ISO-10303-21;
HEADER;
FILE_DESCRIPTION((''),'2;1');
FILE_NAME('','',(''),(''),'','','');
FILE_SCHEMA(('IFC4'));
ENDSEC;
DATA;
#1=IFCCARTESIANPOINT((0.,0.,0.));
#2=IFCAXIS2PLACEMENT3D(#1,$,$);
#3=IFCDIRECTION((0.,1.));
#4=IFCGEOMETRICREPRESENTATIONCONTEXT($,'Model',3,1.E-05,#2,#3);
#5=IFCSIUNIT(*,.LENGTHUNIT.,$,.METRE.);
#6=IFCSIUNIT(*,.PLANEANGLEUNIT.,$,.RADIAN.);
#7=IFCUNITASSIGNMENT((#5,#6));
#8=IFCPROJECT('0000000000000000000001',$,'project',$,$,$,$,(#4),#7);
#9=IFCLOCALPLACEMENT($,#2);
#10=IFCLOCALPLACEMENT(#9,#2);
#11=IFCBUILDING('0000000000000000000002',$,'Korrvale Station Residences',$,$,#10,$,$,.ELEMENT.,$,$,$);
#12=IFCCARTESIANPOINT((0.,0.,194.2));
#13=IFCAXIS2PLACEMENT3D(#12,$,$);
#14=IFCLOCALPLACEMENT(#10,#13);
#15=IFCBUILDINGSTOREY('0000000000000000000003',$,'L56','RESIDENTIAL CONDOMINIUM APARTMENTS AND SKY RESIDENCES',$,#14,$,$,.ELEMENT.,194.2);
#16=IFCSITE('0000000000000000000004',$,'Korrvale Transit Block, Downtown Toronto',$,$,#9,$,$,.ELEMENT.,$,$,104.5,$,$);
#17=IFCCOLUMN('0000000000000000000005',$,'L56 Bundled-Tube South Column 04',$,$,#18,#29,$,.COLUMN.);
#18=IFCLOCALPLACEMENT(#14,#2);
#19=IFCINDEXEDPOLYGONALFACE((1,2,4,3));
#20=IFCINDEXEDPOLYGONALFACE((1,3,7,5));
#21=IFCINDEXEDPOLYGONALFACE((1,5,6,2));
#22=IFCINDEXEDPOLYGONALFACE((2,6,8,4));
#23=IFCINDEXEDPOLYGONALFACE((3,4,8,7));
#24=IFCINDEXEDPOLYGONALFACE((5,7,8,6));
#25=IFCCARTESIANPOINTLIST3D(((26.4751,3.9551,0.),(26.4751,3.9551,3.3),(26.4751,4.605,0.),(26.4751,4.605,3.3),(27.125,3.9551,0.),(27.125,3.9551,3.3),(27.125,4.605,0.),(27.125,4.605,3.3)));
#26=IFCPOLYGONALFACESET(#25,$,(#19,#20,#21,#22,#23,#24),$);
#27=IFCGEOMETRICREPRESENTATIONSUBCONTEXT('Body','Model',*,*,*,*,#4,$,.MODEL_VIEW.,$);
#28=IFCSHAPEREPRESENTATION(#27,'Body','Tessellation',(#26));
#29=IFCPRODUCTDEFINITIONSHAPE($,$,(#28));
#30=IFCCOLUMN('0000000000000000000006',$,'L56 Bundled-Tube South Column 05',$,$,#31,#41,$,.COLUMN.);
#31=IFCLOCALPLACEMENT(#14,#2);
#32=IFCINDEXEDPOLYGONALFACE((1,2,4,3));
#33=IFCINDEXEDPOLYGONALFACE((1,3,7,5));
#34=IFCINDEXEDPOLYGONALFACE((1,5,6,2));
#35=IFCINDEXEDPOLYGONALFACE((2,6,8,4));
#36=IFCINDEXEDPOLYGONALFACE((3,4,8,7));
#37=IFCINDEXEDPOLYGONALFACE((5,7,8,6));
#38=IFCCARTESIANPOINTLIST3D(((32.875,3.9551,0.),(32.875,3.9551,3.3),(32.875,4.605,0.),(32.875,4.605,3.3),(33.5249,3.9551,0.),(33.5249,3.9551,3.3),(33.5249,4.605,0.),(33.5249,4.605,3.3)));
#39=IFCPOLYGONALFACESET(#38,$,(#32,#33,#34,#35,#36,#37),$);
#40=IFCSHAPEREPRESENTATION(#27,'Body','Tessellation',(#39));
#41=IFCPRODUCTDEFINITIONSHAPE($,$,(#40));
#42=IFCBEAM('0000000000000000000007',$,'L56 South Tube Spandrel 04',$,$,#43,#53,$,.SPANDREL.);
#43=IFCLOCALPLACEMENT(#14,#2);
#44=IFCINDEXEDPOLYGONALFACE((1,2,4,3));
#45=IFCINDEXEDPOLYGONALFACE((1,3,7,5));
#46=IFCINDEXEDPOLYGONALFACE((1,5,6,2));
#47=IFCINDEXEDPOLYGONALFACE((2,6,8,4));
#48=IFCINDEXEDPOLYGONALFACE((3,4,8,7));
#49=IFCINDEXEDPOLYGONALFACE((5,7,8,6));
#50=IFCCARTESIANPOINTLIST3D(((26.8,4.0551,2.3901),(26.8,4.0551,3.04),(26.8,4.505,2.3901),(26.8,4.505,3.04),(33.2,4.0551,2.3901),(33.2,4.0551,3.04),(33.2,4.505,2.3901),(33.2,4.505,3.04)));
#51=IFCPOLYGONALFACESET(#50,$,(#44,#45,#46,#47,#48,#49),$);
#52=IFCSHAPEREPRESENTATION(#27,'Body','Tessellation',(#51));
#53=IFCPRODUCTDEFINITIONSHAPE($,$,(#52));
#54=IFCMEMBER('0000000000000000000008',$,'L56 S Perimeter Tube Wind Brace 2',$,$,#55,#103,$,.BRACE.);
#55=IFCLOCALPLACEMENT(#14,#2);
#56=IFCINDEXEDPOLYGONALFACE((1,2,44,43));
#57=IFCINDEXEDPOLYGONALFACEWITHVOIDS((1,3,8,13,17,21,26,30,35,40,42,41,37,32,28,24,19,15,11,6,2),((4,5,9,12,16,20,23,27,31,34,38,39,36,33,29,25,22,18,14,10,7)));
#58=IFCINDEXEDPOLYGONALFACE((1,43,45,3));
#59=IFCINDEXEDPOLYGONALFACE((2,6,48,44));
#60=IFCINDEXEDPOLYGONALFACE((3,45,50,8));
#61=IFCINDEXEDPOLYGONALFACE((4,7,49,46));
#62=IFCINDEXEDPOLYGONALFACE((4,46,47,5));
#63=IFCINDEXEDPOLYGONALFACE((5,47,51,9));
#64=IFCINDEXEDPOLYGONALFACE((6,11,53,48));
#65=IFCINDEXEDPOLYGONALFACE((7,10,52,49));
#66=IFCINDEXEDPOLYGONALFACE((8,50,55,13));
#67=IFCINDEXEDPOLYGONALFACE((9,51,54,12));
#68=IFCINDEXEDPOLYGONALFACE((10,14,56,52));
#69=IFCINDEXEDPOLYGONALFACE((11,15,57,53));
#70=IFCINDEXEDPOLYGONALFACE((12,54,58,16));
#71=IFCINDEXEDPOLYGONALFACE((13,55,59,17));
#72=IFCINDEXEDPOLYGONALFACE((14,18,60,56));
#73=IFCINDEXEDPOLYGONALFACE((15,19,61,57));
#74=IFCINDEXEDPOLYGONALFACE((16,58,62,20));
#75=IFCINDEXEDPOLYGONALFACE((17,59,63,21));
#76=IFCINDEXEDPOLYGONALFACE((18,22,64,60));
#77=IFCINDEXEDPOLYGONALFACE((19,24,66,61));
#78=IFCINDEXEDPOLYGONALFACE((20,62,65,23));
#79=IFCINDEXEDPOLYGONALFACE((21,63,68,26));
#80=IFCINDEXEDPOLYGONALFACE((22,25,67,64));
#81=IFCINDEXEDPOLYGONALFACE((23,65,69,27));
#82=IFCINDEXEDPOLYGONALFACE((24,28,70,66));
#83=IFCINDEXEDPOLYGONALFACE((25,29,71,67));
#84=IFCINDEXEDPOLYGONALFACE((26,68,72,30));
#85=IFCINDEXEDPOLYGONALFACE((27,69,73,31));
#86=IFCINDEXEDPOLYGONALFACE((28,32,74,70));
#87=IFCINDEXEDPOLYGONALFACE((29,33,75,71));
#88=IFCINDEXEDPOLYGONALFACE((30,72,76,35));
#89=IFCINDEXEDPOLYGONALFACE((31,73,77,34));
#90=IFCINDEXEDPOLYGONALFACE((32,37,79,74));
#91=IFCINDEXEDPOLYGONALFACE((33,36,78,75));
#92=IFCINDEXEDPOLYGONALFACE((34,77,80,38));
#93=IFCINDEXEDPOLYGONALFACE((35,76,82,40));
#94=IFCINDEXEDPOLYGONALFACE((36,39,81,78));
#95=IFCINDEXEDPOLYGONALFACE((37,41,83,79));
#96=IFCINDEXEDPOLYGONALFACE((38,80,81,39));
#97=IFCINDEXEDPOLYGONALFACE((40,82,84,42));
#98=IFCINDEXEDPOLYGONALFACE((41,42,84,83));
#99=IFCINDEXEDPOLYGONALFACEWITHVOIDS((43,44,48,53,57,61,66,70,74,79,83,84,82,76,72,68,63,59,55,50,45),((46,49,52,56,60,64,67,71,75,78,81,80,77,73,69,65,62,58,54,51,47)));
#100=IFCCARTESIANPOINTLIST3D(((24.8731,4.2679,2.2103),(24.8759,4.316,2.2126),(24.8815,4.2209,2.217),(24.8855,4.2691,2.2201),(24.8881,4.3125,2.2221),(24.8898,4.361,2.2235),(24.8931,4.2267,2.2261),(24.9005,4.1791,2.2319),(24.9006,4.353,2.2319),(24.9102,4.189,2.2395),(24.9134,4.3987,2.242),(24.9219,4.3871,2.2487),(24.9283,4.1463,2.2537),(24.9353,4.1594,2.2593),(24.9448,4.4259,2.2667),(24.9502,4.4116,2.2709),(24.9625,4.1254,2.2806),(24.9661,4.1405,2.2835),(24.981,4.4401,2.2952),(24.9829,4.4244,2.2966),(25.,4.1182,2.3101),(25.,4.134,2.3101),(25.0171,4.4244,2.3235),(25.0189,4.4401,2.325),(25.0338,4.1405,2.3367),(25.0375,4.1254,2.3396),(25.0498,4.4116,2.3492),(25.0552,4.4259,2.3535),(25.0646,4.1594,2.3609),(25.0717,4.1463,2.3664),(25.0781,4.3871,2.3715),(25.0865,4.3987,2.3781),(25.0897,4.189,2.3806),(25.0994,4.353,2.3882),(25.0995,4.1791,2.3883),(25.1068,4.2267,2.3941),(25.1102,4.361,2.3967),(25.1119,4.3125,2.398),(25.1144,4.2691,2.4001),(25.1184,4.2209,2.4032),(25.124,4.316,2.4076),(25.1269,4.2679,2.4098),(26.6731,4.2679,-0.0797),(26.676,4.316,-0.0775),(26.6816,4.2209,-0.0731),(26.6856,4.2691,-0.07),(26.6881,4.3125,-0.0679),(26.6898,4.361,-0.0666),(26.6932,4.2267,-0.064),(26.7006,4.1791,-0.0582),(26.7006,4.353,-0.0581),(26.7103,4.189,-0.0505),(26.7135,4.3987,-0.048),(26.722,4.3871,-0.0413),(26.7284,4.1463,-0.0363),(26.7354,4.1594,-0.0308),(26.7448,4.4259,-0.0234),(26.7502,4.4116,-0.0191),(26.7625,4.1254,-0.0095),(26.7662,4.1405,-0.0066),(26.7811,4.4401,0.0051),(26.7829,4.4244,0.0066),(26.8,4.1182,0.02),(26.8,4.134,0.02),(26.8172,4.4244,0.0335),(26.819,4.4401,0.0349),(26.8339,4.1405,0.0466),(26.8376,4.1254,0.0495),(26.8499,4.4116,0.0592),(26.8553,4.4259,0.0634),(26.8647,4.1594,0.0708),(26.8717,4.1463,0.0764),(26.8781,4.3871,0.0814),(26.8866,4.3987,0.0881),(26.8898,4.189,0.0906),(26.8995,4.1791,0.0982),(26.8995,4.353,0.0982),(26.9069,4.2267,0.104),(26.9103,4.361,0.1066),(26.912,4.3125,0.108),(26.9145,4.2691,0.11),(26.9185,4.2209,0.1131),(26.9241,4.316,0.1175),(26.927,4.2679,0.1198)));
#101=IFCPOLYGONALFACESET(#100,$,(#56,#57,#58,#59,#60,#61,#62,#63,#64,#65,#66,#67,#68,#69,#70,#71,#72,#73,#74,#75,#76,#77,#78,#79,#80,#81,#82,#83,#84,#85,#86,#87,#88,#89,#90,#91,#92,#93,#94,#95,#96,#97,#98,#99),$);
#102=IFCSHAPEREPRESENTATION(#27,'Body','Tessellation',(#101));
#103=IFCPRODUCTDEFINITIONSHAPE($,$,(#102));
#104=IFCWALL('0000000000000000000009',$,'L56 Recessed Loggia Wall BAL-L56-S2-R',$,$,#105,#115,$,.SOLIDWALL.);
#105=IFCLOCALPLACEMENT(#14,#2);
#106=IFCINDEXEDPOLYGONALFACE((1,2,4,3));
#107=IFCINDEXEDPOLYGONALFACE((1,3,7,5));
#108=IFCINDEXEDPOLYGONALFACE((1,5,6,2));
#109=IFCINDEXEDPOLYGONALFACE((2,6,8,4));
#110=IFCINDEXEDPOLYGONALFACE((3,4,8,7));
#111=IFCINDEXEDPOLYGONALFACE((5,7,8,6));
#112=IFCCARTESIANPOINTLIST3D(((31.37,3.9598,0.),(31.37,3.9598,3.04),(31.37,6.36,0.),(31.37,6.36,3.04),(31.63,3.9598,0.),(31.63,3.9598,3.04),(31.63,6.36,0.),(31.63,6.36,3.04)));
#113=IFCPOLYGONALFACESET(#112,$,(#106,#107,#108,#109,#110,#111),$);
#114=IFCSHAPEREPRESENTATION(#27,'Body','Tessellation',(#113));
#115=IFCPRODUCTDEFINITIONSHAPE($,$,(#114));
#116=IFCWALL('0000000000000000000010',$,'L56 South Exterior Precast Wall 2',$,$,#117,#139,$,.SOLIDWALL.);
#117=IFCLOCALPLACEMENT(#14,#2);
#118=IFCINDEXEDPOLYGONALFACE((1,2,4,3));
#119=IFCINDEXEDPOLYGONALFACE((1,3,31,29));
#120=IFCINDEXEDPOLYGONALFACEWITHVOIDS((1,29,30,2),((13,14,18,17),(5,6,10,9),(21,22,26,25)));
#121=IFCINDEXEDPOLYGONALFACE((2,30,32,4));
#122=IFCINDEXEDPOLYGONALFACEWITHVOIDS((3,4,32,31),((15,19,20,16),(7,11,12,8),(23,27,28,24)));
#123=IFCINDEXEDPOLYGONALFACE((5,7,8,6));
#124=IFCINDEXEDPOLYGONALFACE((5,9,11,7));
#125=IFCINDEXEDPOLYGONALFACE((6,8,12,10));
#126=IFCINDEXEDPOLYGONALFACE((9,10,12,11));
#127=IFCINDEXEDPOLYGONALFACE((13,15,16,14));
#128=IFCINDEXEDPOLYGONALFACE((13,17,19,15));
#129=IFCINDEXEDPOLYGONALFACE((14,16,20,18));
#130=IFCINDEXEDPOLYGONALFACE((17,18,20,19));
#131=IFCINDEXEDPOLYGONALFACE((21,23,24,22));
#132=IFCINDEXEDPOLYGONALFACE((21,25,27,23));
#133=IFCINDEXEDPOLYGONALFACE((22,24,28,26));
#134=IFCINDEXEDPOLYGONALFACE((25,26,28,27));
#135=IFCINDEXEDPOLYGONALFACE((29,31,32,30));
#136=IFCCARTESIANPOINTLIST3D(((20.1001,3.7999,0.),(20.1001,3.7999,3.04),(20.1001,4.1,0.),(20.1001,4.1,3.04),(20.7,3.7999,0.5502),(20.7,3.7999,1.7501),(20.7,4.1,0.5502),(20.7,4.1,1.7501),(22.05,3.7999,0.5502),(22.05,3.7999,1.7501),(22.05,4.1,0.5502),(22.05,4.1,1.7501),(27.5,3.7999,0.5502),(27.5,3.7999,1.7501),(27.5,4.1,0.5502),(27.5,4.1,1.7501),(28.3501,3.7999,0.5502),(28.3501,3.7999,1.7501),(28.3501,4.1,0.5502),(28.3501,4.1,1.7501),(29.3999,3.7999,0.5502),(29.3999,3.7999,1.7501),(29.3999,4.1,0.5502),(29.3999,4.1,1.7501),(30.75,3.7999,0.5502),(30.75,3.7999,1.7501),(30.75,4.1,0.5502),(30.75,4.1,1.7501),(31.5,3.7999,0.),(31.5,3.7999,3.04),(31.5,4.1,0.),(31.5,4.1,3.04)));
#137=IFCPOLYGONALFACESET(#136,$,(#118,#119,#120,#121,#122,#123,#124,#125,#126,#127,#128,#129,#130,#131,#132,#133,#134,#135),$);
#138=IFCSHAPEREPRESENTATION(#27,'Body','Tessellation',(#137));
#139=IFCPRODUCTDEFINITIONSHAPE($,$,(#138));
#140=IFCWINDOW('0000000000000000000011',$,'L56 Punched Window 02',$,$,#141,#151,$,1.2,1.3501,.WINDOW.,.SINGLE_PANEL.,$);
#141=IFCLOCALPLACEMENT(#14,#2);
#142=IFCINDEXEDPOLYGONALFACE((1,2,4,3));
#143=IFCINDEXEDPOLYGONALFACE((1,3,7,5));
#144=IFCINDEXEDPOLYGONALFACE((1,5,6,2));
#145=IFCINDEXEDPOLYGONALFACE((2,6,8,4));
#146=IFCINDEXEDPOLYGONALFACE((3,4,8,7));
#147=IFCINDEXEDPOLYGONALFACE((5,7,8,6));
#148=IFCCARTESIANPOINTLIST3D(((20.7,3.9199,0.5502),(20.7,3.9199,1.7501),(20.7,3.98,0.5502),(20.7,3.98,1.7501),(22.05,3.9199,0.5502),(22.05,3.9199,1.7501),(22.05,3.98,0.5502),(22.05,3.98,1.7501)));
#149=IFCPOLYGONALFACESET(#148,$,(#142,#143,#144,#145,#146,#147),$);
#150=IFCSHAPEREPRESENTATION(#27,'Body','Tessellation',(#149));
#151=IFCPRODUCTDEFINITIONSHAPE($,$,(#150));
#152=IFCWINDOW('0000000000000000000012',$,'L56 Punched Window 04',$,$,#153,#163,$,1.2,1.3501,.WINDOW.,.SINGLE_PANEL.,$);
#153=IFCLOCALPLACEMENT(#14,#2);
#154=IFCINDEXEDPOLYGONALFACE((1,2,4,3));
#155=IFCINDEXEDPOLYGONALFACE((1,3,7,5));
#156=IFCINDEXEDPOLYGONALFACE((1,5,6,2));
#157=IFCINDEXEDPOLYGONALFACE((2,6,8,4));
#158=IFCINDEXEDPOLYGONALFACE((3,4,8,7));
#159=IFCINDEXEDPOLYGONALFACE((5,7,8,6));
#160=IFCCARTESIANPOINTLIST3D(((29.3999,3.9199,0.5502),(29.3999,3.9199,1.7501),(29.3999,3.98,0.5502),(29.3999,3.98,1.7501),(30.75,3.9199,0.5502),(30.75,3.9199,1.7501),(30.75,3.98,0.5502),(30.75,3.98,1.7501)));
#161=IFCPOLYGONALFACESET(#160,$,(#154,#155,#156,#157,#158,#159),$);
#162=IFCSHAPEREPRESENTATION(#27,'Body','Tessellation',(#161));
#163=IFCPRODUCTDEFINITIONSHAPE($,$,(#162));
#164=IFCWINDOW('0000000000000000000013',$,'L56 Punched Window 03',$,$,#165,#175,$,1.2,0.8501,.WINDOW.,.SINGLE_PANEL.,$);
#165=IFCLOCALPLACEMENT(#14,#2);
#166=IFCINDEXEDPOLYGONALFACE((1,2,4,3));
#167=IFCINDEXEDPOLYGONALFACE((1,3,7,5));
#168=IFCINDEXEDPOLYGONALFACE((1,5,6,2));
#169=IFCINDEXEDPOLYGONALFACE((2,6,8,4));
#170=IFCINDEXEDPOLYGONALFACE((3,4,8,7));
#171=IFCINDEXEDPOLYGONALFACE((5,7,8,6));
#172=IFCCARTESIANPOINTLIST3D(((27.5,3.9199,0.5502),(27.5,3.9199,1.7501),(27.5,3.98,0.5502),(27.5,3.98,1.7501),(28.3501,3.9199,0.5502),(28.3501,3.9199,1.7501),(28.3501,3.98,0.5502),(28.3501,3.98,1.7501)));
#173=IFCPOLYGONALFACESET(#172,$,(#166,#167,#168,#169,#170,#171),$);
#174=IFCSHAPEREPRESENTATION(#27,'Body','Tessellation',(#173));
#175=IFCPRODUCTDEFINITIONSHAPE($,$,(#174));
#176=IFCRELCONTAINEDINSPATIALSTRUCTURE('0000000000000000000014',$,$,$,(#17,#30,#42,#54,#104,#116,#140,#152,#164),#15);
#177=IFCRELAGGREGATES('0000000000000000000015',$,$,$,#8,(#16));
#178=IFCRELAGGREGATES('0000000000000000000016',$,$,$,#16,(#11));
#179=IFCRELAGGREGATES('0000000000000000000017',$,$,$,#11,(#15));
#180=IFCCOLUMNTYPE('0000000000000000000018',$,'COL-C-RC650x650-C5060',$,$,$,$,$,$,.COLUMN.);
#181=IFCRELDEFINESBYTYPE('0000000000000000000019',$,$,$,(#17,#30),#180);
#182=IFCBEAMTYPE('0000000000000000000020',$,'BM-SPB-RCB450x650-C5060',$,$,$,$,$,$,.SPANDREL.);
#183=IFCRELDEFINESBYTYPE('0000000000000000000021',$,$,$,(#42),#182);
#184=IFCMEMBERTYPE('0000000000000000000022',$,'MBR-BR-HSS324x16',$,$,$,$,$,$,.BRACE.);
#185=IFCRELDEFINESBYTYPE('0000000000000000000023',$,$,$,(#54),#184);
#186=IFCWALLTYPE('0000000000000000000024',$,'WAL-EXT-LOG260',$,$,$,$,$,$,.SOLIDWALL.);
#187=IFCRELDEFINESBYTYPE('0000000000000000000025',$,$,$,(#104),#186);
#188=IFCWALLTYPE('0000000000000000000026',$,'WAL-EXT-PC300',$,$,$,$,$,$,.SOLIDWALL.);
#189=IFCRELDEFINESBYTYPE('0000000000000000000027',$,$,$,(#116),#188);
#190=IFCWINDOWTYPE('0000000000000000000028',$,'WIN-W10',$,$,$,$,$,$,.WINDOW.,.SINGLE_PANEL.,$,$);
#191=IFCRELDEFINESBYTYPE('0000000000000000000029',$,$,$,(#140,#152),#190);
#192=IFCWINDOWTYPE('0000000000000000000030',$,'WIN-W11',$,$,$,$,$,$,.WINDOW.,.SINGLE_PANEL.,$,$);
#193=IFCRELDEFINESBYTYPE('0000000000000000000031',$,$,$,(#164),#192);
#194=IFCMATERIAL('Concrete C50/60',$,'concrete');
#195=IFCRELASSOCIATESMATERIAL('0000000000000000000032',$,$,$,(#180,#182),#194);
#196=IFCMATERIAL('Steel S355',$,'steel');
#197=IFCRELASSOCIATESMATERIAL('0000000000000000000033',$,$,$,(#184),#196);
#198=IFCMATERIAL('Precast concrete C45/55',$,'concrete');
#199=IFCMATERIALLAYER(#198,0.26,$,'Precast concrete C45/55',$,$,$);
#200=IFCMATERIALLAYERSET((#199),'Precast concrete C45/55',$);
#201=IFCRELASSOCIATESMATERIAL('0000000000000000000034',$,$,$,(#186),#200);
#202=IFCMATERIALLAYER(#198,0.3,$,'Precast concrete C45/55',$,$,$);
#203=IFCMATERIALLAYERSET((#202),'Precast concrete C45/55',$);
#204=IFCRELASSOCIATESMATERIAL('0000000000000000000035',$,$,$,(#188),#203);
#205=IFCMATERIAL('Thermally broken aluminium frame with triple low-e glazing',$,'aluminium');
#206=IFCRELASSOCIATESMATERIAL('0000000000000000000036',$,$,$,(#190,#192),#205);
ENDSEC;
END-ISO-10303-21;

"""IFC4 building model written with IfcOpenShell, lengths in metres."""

from ifc_helpers import new_model, si_unit, direction, frame, frame_2d, origin, origin_2d, place, context, subcontext, project, spatial, rectangle, hollow_circle, extrude, material, layer, layer_set, material_profile, profile_set, type_object, element, fill, save


model = new_model("IFC4")

# Units and contexts
model_context = context("Model", 3, precision=1e-05, world=origin(), true_north=direction((0.0, 1.0)))
body_context = subcontext(model_context, "Body", "Model", "MODEL_VIEW")
ifc_project = project(units=[si_unit("LENGTHUNIT", "METRE"), si_unit("PLANEANGLEUNIT", "RADIAN")], contexts=[model_context])

# Site, building, storey
site_placement = place(None, origin())
site = spatial("IfcSite", under=ifc_project, at=site_placement, Name="Korrvale Transit Block, Downtown Toronto", CompositionType="ELEMENT", RefElevation=104.5)
building_placement = place(site_placement, origin())
building = spatial("IfcBuilding", under=site, at=building_placement, Name="Korrvale Station Residences", CompositionType="ELEMENT")
storey_placement = place(building_placement, frame((0.0, 0.0, 194.2)))
storey = spatial("IfcBuildingStorey", under=building, at=storey_placement, Name="L56", Description="RESIDENTIAL CONDOMINIUM APARTMENTS AND SKY RESIDENCES", CompositionType="ELEMENT", Elevation=194.2)

# Columns
ifc_material_1 = material(Name="Concrete C50/60", Category="concrete")
ifc_material_profile_1 = material_profile(ifc_material_1, rectangle(XDim=0.6499, YDim=0.6499, at=origin_2d()), Name="RC650x650")
ifc_profile_set_1 = profile_set([ifc_material_profile_1], Name="Concrete C50/60")
column_type = type_object("IfcColumnType", Name="COL-C-RC650x650-C5060", PredefinedType="COLUMN", material=ifc_profile_set_1)
for number, where, z_axis, x_axis, name in (
    (1, (26.8, 4.28, 0.0), (0.0, 0.0, 1.0), (1.0, 0.0, 0.0), "L56 Bundled-Tube South Column 04"),
    (2, (33.2, 4.28, 0.0), (0.0, 0.0, 1.0), (1.0, 0.0, 0.0), "L56 Bundled-Tube South Column 05"),
):
    element("IfcColumn", number, at=place(storey_placement, frame(where, z_axis=z_axis, x_axis=x_axis)), inside=storey, type_object=column_type, Name=name, PredefinedType="COLUMN", context=body_context, shape_type="SweptSolid", body=[
        extrude(rectangle(XDim=0.6499, YDim=0.6499, at=origin_2d()), origin(), (0.0, 0.0, 1.0), 3.3),
    ])

# Beam
ifc_material_profile_2 = material_profile(ifc_material_1, rectangle(XDim=0.45, YDim=0.6499, at=origin_2d()), Name="RCB450x650")
ifc_profile_set_2 = profile_set([ifc_material_profile_2], Name="Concrete C50/60")
beam_type = type_object("IfcBeamType", Name="BM-SPB-RCB450x650-C5060", PredefinedType="SPANDREL", material=ifc_profile_set_2)
beam_placement = place(storey_placement, frame((26.8, 4.28, 2.7151), z_axis=(1.0, 0.0, 0.0), x_axis=(0.0, 1.0, 0.0)))
element("IfcBeam", 3, at=beam_placement, inside=storey, type_object=beam_type, Name="L56 South Tube Spandrel 04", PredefinedType="SPANDREL", context=body_context, shape_type="SweptSolid", body=[
    extrude(rectangle(XDim=0.45, YDim=0.6499, at=origin_2d()), origin(), (0.0, 0.0, 1.0), 6.3999),
])

# Member
ifc_material_2 = material(Name="Steel S355", Category="steel")
ifc_material_profile_3 = material_profile(ifc_material_2, hollow_circle(Radius=0.1619, WallThickness=0.0159, at=origin_2d()), Name="HSS324x16")
ifc_profile_set_3 = profile_set([ifc_material_profile_3], Name="Steel S355")
member_type = type_object("IfcMemberType", Name="MBR-BR-HSS324x16", PredefinedType="BRACE", material=ifc_profile_set_3)
member_placement = place(storey_placement, frame((26.8, 4.28, 0.02), z_axis=(-0.617977, 0.0, 0.786196), x_axis=(0.0, -1.0, 0.0)))
element("IfcMember", 4, at=member_placement, inside=storey, type_object=member_type, Name="L56 S Perimeter Tube Wind Brace 2", PredefinedType="BRACE", context=body_context, shape_type="SweptSolid", body=[
    extrude(hollow_circle(Radius=0.1619, WallThickness=0.0159, at=origin_2d()), origin(), (0.0, 0.0, 1.0), 2.9128),
])

# Wall
ifc_material_3 = material(Name="Precast concrete C45/55", Category="concrete")
ifc_layer_1 = layer(ifc_material_3, 0.26, Name="Precast concrete C45/55")
ifc_layer_set_1 = layer_set([ifc_layer_1], Name="Precast concrete C45/55")
wall_type_1 = type_object("IfcWallType", Name="WAL-EXT-LOG260", PredefinedType="SOLIDWALL", material=ifc_layer_set_1)
wall_1_placement = place(storey_placement, frame((31.5, 6.3601, 0.0), z_axis=(0.0, 0.0, 1.0), x_axis=(0.0, -1.0, 0.0)))
element("IfcWall", 5, at=wall_1_placement, inside=storey, type_object=wall_type_1, Name="L56 Recessed Loggia Wall BAL-L56-S2-R", PredefinedType="SOLIDWALL", context=body_context, shape_type="SweptSolid", body=[
    extrude(rectangle(XDim=2.4001, YDim=0.26, at=frame_2d((1.2002, 0.0))), origin(), (0.0, 0.0, 1.0), 3.04),
])

# Wall, openings, windows
ifc_layer_2 = layer(ifc_material_3, 0.3, Name="Precast concrete C45/55")
ifc_layer_set_2 = layer_set([ifc_layer_2], Name="Precast concrete C45/55")
wall_type_2 = type_object("IfcWallType", Name="WAL-EXT-PC300", PredefinedType="SOLIDWALL", material=ifc_layer_set_2)
wall_2_placement = place(storey_placement, frame((31.5, 3.95, 0.0), z_axis=(0.0, 0.0, 1.0), x_axis=(-1.0, 0.0, 0.0)))
wall_2 = element("IfcWall", 6, at=wall_2_placement, inside=storey, type_object=wall_type_2, Name="L56 South Exterior Precast Wall 2", PredefinedType="SOLIDWALL", context=body_context, shape_type="SweptSolid", body=[
    extrude(rectangle(XDim=11.3999, YDim=0.3, at=frame_2d((5.7, 0.0))), origin(), (0.0, 0.0, 1.0), 3.04),
])
opening_1_placement = place(wall_2_placement, frame((9.45, 0.0, 0.55)))
opening_1 = element("IfcOpeningElement", 7, at=opening_1_placement, cuts=wall_2, PredefinedType="OPENING", context=body_context, shape_type="SweptSolid", body=[
    extrude(rectangle(XDim=1.3501, YDim=1.2, at=frame_2d((0.675, 0.6001))), frame((0.0, 0.1602, 0.0), z_axis=(0.0, -1.0, 0.0), x_axis=(1.0, 0.0, 0.0)), (0.0, 0.0, 1.0), 0.3201),
])
opening_2_placement = place(wall_2_placement, frame((3.1499, 0.0, 0.55)))
opening_2 = element("IfcOpeningElement", 8, at=opening_2_placement, cuts=wall_2, PredefinedType="OPENING", context=body_context, shape_type="SweptSolid", body=[
    extrude(rectangle(XDim=0.8501, YDim=1.2, at=frame_2d((0.425, 0.6001))), frame((0.0, 0.1602, 0.0), z_axis=(0.0, -1.0, 0.0), x_axis=(1.0, 0.0, 0.0)), (0.0, 0.0, 1.0), 0.3201),
])
opening_3_placement = place(wall_2_placement, frame((0.75, 0.0, 0.55)))
opening_3 = element("IfcOpeningElement", 9, at=opening_3_placement, cuts=wall_2, PredefinedType="OPENING", context=body_context, shape_type="SweptSolid", body=[
    extrude(rectangle(XDim=1.3501, YDim=1.2, at=frame_2d((0.675, 0.6001))), frame((0.0, 0.1602, 0.0), z_axis=(0.0, -1.0, 0.0), x_axis=(1.0, 0.0, 0.0)), (0.0, 0.0, 1.0), 0.3201),
])
ifc_material_4 = material(Name="Thermally broken aluminium frame with triple low-e glazing", Category="aluminium")
window_type_1 = type_object("IfcWindowType", Name="WIN-W10", PartitioningType="SINGLE_PANEL", PredefinedType="WINDOW", material=ifc_material_4)
window_1_placement = place(opening_1_placement, origin())
window_1 = element("IfcWindow", 10, at=window_1_placement, inside=storey, type_object=window_type_1, Name="L56 Punched Window 02", OverallHeight=1.2, OverallWidth=1.3501, PartitioningType="SINGLE_PANEL", PredefinedType="WINDOW", context=body_context, shape_type="SweptSolid", body=[
    extrude(rectangle(XDim=1.3501, YDim=1.2, at=frame_2d((0.675, 0.6001))), frame((0.0, 0.03, 0.0), z_axis=(0.0, -1.0, 0.0), x_axis=(1.0, 0.0, 0.0)), (0.0, 0.0, 1.0), 0.0601),
])
fill(opening_1, window_1)
window_2_placement = place(opening_3_placement, origin())
window_2 = element("IfcWindow", 11, at=window_2_placement, inside=storey, type_object=window_type_1, Name="L56 Punched Window 04", OverallHeight=1.2, OverallWidth=1.3501, PartitioningType="SINGLE_PANEL", PredefinedType="WINDOW", context=body_context, shape_type="SweptSolid", body=[
    extrude(rectangle(XDim=1.3501, YDim=1.2, at=frame_2d((0.675, 0.6001))), frame((0.0, 0.03, 0.0), z_axis=(0.0, -1.0, 0.0), x_axis=(1.0, 0.0, 0.0)), (0.0, 0.0, 1.0), 0.0601),
])
fill(opening_3, window_2)
window_type_2 = type_object("IfcWindowType", Name="WIN-W11", PartitioningType="SINGLE_PANEL", PredefinedType="WINDOW", material=ifc_material_4)
window_3_placement = place(opening_2_placement, origin())
window_3 = element("IfcWindow", 12, at=window_3_placement, inside=storey, type_object=window_type_2, Name="L56 Punched Window 03", OverallHeight=1.2, OverallWidth=0.8501, PartitioningType="SINGLE_PANEL", PredefinedType="WINDOW", context=body_context, shape_type="SweptSolid", body=[
    extrude(rectangle(XDim=0.8501, YDim=1.2, at=frame_2d((0.425, 0.6001))), frame((0.0, 0.03, 0.0), z_axis=(0.0, -1.0, 0.0), x_axis=(1.0, 0.0, 0.0)), (0.0, 0.0, 1.0), 0.0601),
])
fill(opening_2, window_3)

save(model, "model.ifc")
